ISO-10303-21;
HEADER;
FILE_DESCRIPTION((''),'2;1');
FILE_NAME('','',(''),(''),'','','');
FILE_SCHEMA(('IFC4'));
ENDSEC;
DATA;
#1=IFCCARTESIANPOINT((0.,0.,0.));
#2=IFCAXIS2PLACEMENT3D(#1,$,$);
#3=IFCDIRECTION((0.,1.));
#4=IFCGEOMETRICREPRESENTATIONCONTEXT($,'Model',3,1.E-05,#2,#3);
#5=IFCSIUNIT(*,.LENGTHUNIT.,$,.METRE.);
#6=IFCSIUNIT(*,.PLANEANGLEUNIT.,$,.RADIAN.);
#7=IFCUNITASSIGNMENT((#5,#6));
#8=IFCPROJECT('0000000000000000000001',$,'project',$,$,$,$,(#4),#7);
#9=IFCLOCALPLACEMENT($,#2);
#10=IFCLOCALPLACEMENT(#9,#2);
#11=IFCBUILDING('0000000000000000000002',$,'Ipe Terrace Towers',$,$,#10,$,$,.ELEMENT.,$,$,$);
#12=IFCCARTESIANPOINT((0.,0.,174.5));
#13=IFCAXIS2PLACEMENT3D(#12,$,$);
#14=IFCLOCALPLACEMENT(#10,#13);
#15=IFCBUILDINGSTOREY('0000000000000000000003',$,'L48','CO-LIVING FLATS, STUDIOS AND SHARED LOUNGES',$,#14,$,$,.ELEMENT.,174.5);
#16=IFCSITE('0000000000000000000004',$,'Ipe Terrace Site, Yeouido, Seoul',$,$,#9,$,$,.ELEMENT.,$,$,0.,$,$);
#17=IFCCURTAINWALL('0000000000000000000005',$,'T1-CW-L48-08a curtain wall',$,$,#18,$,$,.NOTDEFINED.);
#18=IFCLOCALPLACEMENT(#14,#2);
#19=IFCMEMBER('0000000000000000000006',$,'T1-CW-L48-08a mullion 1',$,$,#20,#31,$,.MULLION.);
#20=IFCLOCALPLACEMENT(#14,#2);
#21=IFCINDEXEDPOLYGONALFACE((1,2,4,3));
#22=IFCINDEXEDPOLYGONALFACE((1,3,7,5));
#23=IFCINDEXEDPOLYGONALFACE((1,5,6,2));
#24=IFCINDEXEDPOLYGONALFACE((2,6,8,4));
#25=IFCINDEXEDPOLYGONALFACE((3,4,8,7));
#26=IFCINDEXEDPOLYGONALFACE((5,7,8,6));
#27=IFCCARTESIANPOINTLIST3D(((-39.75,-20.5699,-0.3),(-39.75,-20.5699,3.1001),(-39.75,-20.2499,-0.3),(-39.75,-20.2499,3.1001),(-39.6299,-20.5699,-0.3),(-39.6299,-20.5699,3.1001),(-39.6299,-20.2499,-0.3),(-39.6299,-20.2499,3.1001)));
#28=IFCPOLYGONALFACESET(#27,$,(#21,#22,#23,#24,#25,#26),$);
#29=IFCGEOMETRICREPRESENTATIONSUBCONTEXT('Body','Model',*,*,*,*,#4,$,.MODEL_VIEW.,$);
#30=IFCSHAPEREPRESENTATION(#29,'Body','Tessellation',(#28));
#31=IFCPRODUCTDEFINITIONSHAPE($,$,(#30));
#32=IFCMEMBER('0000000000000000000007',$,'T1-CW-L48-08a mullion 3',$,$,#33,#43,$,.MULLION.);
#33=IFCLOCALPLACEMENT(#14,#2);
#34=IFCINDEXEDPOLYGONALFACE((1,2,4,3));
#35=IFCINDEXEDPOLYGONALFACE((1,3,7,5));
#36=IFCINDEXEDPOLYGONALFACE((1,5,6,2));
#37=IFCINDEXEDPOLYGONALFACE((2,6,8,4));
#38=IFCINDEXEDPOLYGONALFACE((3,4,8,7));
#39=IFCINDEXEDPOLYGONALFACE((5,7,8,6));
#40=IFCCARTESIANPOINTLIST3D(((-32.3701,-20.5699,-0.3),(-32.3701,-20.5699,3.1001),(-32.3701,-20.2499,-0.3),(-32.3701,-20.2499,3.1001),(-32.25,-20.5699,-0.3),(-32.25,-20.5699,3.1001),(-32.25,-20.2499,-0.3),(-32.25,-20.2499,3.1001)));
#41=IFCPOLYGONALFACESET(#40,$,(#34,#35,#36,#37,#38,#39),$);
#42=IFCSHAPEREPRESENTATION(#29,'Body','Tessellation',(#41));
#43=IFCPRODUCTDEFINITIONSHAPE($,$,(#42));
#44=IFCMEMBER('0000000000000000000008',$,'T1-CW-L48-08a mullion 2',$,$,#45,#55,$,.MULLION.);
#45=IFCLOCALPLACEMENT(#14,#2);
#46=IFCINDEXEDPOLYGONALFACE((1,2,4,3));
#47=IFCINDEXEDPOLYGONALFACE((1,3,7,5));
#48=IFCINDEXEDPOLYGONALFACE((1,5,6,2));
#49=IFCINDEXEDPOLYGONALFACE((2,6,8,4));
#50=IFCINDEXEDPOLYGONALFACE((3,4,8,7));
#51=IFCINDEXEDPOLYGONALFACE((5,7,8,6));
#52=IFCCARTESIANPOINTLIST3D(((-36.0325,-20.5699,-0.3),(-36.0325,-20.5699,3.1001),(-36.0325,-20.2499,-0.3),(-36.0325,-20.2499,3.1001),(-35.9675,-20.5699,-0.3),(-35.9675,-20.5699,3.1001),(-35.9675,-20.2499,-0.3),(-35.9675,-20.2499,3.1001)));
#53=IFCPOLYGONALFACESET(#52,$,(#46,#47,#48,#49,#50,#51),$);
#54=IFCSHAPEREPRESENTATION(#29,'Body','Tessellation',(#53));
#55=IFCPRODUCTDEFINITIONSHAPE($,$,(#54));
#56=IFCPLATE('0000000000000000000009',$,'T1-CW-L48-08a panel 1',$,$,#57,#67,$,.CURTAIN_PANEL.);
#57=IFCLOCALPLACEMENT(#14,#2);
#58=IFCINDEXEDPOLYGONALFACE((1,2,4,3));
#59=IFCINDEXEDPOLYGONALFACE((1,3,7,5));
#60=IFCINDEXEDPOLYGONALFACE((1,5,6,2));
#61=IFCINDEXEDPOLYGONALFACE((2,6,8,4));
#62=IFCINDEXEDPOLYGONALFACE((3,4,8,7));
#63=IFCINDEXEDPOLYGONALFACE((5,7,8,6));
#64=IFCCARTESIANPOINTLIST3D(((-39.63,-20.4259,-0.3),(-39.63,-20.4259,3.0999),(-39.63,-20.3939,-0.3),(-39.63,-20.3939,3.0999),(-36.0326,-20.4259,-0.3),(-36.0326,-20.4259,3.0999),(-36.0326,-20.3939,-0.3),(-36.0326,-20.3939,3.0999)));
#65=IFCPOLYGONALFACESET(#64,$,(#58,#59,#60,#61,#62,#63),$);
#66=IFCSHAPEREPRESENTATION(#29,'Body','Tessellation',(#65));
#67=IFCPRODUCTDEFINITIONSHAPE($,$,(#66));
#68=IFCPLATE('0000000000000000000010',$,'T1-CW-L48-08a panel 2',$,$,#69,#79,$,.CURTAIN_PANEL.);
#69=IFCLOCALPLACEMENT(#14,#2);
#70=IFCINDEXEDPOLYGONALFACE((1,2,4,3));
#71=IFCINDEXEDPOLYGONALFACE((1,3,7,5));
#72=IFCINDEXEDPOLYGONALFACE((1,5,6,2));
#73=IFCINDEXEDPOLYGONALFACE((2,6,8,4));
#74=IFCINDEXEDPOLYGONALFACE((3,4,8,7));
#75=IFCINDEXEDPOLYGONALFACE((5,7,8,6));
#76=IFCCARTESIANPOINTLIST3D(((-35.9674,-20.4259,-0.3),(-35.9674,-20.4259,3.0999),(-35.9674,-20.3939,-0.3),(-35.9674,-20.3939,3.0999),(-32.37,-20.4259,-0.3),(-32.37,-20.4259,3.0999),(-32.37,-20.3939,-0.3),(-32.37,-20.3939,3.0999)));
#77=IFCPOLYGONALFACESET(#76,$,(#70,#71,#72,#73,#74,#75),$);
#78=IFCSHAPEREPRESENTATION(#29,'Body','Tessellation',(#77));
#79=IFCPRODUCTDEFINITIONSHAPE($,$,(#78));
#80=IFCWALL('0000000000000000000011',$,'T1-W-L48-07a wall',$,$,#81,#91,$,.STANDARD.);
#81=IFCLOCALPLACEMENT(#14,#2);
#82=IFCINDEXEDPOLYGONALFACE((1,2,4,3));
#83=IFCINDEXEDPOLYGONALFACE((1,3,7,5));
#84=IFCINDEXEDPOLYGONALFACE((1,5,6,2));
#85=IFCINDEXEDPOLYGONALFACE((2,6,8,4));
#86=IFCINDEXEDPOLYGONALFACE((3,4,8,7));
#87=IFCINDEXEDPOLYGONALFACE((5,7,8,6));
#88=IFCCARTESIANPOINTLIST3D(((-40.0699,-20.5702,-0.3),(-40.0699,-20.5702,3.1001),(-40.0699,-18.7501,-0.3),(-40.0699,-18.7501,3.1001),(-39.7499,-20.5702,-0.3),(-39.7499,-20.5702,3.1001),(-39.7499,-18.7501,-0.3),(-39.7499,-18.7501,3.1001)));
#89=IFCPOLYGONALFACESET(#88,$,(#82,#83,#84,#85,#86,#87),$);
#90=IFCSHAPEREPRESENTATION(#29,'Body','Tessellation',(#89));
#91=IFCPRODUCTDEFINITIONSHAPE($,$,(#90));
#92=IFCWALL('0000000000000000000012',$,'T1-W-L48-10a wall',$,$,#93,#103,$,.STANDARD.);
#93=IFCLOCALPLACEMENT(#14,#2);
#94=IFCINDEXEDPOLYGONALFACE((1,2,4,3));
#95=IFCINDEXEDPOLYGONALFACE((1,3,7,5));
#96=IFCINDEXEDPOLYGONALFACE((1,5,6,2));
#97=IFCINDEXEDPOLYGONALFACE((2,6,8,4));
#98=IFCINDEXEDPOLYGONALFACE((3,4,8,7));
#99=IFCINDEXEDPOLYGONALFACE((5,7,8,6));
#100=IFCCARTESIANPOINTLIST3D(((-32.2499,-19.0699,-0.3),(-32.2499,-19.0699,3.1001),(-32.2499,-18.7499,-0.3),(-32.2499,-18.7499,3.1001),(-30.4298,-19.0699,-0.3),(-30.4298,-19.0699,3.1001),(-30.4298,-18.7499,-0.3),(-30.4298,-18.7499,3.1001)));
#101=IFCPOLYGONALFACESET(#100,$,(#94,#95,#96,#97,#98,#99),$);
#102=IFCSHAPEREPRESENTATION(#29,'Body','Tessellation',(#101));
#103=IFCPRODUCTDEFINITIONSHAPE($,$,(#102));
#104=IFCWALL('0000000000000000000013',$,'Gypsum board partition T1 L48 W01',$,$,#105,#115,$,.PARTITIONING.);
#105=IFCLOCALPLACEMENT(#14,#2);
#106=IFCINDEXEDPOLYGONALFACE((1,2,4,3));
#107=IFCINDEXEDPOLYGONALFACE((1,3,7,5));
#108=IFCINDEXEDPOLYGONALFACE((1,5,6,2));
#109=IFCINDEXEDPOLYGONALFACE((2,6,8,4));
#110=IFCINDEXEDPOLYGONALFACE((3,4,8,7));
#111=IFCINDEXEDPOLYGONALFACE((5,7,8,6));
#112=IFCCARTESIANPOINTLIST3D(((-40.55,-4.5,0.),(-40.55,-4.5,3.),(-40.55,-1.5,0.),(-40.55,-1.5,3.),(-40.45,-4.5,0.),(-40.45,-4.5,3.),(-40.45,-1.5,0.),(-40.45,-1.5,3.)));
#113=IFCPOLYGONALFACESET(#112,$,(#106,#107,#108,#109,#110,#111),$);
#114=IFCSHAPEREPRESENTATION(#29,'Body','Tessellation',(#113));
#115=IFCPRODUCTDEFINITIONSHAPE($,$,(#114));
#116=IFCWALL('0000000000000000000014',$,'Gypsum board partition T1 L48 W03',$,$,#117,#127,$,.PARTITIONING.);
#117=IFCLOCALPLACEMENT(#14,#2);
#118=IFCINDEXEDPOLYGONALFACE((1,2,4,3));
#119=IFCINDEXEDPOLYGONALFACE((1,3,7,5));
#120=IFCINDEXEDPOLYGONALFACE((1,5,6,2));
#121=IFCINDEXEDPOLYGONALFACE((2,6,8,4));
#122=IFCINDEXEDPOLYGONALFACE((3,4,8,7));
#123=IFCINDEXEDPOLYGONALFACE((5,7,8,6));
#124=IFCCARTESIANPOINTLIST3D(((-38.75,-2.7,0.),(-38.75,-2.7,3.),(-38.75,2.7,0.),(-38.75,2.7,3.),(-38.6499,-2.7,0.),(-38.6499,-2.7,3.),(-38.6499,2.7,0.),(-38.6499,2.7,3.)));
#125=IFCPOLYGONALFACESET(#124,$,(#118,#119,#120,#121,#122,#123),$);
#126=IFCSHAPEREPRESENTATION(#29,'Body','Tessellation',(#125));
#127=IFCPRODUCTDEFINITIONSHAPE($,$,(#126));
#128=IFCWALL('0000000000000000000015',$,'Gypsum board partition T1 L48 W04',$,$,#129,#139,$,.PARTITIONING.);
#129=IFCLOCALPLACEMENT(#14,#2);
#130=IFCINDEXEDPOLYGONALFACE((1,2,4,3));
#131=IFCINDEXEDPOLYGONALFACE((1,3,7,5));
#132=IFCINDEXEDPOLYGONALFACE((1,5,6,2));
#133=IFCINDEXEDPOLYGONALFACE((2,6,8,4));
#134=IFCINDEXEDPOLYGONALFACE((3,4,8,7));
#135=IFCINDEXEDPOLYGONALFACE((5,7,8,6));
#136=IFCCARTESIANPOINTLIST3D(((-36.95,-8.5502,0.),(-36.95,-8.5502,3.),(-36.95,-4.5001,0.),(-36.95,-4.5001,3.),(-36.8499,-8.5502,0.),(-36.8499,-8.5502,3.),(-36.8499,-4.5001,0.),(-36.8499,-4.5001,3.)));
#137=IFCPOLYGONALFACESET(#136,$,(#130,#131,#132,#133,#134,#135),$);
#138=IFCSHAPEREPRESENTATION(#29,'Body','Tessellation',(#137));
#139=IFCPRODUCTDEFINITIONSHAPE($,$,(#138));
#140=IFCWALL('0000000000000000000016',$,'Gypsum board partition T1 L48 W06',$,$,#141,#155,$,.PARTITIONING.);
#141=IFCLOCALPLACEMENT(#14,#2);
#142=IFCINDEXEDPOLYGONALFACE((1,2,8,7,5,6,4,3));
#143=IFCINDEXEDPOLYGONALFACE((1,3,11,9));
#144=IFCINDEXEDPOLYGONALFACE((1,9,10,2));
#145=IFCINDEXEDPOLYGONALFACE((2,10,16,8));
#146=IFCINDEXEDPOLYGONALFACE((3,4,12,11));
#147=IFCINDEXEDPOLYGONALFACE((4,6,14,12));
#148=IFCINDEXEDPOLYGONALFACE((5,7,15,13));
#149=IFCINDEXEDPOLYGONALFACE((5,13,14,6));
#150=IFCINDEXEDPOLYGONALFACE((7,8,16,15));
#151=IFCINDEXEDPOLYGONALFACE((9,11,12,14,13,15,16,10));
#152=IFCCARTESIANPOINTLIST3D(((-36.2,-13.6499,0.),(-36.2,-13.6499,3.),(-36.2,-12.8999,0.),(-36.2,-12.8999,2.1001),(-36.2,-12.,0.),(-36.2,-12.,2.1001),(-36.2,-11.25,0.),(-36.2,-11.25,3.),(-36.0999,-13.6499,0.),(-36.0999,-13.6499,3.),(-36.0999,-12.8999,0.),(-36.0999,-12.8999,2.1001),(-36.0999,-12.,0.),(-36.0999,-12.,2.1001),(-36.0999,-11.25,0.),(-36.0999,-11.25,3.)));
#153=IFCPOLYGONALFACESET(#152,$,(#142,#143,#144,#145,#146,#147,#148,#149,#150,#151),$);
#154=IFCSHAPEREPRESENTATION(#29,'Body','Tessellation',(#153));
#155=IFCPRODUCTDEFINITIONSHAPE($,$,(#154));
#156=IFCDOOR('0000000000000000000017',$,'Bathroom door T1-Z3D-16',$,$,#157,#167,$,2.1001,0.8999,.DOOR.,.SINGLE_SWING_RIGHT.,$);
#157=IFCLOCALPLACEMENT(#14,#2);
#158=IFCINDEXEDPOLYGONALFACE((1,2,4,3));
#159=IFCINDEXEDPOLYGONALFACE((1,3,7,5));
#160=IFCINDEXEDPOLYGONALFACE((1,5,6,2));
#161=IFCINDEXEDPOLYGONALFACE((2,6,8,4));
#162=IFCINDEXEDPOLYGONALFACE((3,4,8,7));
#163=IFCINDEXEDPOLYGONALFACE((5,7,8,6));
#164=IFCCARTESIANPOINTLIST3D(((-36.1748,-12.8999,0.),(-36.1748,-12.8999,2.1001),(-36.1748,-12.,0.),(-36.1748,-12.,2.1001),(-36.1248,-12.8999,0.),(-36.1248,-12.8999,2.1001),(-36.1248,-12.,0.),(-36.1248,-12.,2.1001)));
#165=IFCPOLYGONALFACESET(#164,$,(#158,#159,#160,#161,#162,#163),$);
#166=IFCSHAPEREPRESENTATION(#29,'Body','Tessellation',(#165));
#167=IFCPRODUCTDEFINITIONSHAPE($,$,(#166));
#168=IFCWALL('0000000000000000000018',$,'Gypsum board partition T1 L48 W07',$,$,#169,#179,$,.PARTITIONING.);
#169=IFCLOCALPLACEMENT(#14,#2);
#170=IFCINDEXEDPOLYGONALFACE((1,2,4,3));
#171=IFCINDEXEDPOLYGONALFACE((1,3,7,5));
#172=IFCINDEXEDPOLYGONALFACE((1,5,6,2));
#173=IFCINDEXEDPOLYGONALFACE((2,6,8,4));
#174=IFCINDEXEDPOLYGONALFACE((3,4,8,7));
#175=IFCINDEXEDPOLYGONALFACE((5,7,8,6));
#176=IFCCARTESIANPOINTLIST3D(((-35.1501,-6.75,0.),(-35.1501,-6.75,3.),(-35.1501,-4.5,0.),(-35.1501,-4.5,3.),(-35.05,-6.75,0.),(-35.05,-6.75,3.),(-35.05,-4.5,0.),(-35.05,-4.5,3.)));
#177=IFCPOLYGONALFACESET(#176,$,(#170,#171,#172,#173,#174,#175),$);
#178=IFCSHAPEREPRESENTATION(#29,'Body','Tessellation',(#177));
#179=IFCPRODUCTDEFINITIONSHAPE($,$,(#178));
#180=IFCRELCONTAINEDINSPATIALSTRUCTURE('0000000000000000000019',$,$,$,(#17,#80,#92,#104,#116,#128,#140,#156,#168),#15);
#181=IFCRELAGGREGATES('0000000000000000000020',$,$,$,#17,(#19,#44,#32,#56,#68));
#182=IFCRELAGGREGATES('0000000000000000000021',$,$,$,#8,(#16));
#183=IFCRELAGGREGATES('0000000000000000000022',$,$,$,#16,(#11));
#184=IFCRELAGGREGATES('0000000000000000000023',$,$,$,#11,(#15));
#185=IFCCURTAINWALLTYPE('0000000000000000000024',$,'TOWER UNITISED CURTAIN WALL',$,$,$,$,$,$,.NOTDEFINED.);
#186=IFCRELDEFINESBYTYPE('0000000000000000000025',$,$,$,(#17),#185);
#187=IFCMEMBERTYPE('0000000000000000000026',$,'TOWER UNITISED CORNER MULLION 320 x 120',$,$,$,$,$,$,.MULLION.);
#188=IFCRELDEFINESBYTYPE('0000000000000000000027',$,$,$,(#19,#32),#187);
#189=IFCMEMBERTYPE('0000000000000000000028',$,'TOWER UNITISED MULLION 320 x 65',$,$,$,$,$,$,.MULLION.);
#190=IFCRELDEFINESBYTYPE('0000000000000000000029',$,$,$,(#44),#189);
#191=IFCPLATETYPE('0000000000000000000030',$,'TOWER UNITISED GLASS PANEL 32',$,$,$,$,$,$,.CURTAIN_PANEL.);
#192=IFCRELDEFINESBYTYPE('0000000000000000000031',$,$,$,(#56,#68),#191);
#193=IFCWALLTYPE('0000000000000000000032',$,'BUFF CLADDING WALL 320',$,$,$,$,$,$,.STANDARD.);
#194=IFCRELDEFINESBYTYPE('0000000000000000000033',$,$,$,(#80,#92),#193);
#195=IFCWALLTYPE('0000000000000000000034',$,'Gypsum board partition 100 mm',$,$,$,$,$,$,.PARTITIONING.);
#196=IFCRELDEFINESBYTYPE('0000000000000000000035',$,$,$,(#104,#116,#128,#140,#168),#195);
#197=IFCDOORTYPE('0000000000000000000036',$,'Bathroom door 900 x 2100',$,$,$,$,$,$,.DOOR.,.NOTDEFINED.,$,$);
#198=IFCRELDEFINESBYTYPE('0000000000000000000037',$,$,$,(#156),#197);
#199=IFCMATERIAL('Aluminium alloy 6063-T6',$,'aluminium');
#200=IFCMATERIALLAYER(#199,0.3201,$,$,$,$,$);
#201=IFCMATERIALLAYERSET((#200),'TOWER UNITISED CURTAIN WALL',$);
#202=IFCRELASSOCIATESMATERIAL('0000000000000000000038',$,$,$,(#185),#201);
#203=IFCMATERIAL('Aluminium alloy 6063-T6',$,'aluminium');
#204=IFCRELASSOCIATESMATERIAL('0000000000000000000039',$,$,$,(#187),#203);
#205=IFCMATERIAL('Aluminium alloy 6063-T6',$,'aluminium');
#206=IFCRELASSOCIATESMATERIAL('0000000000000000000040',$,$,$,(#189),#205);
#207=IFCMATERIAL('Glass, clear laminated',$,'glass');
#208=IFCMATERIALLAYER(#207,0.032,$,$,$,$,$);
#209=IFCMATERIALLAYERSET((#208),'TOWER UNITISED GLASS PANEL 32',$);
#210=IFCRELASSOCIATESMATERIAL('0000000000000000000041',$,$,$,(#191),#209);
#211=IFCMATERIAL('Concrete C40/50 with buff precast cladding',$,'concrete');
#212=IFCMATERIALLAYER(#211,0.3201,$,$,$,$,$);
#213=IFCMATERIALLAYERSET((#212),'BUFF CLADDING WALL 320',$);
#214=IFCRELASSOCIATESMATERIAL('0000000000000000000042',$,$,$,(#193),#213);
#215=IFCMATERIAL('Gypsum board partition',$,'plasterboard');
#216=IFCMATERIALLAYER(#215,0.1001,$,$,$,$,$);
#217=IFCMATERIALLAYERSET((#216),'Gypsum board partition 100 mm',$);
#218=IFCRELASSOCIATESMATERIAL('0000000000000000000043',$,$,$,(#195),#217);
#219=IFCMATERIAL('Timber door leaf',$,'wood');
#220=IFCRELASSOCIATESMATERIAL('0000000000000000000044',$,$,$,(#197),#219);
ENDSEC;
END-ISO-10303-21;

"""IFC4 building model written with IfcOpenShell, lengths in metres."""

from ifc_helpers import new_model, si_unit, direction, frame, frame_2d, origin, origin_2d, place, context, subcontext, project, spatial, rectangle, extrude, material, layer, layer_set, material_profile, profile_set, type_object, element, fill, aggregate, save


model = new_model("IFC4")

# Units and contexts
model_context = context("Model", 3, precision=1e-05, world=origin(), true_north=direction((0.0, 1.0)))
body_context = subcontext(model_context, "Body", "Model", "MODEL_VIEW")
ifc_project = project(units=[si_unit("LENGTHUNIT", "METRE"), si_unit("PLANEANGLEUNIT", "RADIAN")], contexts=[model_context])

# Site, building, storey
site_placement = place(None, origin())
site = spatial("IfcSite", under=ifc_project, at=site_placement, Name="Ipe Terrace Site, Yeouido, Seoul", CompositionType="ELEMENT", RefElevation=0.0)
building_placement = place(site_placement, origin())
building = spatial("IfcBuilding", under=site, at=building_placement, Name="Ipe Terrace Towers", CompositionType="ELEMENT")
storey_placement = place(building_placement, frame((0.0, 0.0, 174.5)))
storey = spatial("IfcBuildingStorey", under=building, at=storey_placement, Name="L48", Description="CO-LIVING FLATS, STUDIOS AND SHARED LOUNGES", CompositionType="ELEMENT", Elevation=174.5)

# Curtain wall, members, plates
ifc_material_1 = material(Name="Aluminium alloy 6063-T6", Category="aluminium")
ifc_layer_1 = layer(ifc_material_1, 0.3201)
ifc_layer_set_1 = layer_set([ifc_layer_1], Name="TOWER UNITISED CURTAIN WALL")
curtain_wall_type = type_object("IfcCurtainWallType", Name="TOWER UNITISED CURTAIN WALL", PredefinedType="NOTDEFINED", material=ifc_layer_set_1)
curtain_wall_placement = place(storey_placement, origin())
curtain_wall = element("IfcCurtainWall", 1, at=curtain_wall_placement, inside=storey, type_object=curtain_wall_type, Name="T1-CW-L48-08a curtain wall", PredefinedType="NOTDEFINED")
ifc_material_2 = material(Name="Aluminium alloy 6063-T6", Category="aluminium")
ifc_material_profile_1 = material_profile(ifc_material_2, rectangle(XDim=0.3201, YDim=0.1201, at=origin_2d()), Name="TOWER UNITISED CORNER MULLION 320 x 120")
ifc_profile_set_1 = profile_set([ifc_material_profile_1], Name="Aluminium alloy 6063-T6")
member_type_1 = type_object("IfcMemberType", Name="TOWER UNITISED CORNER MULLION 320 x 120", PredefinedType="MULLION", material=ifc_profile_set_1)
member_1_placement = place(storey_placement, frame((-39.6899, -20.4099, -0.3), z_axis=(0.0, 0.0, 1.0), x_axis=(0.0, -1.0, 0.0)))
member_1 = element("IfcMember", 2, at=member_1_placement, type_object=member_type_1, Name="T1-CW-L48-08a mullion 1", PredefinedType="MULLION", context=body_context, shape_type="SweptSolid", body=[
    extrude(rectangle(XDim=0.3201, YDim=0.1201, at=origin_2d()), origin(), (0.0, 0.0, 1.0), 3.4001),
])
member_2_placement = place(storey_placement, frame((-32.3101, -20.4099, -0.3), z_axis=(0.0, 0.0, 1.0), x_axis=(0.0, -1.0, 0.0)))
member_2 = element("IfcMember", 3, at=member_2_placement, type_object=member_type_1, Name="T1-CW-L48-08a mullion 3", PredefinedType="MULLION", context=body_context, shape_type="SweptSolid", body=[
    extrude(rectangle(XDim=0.3201, YDim=0.1201, at=origin_2d()), origin(), (0.0, 0.0, 1.0), 3.4001),
])
ifc_material_3 = material(Name="Aluminium alloy 6063-T6", Category="aluminium")
ifc_material_profile_2 = material_profile(ifc_material_3, rectangle(XDim=0.3201, YDim=0.0649, at=origin_2d()), Name="TOWER UNITISED MULLION 320 x 65")
ifc_profile_set_2 = profile_set([ifc_material_profile_2], Name="Aluminium alloy 6063-T6")
member_type_2 = type_object("IfcMemberType", Name="TOWER UNITISED MULLION 320 x 65", PredefinedType="MULLION", material=ifc_profile_set_2)
member_3_placement = place(storey_placement, frame((-36.0, -20.4099, -0.3), z_axis=(0.0, 0.0, 1.0), x_axis=(0.0, -1.0, 0.0)))
member_3 = element("IfcMember", 4, at=member_3_placement, type_object=member_type_2, Name="T1-CW-L48-08a mullion 2", PredefinedType="MULLION", context=body_context, shape_type="SweptSolid", body=[
    extrude(rectangle(XDim=0.3201, YDim=0.0649, at=origin_2d()), origin(), (0.0, 0.0, 1.0), 3.4001),
])
ifc_material_4 = material(Name="Glass, clear laminated", Category="glass")
ifc_layer_2 = layer(ifc_material_4, 0.032)
ifc_layer_set_2 = layer_set([ifc_layer_2], Name="TOWER UNITISED GLASS PANEL 32")
plate_type = type_object("IfcPlateType", Name="TOWER UNITISED GLASS PANEL 32", PredefinedType="CURTAIN_PANEL", material=ifc_layer_set_2)
plate_1_placement = place(storey_placement, frame((-37.8313, -20.4099, -0.3), z_axis=(0.0, 0.0, 1.0), x_axis=(1.0, 0.0, 0.0)))
plate_1 = element("IfcPlate", 5, at=plate_1_placement, type_object=plate_type, Name="T1-CW-L48-08a panel 1", PredefinedType="CURTAIN_PANEL", context=body_context, shape_type="SweptSolid", body=[
    extrude(rectangle(XDim=3.5974, YDim=0.032, at=origin_2d()), origin(), (0.0, 0.0, 1.0), 3.3999),
])
plate_2_placement = place(storey_placement, frame((-34.1687, -20.4099, -0.3), z_axis=(0.0, 0.0, 1.0), x_axis=(1.0, 0.0, 0.0)))
plate_2 = element("IfcPlate", 6, at=plate_2_placement, type_object=plate_type, Name="T1-CW-L48-08a panel 2", PredefinedType="CURTAIN_PANEL", context=body_context, shape_type="SweptSolid", body=[
    extrude(rectangle(XDim=3.5974, YDim=0.032, at=origin_2d()), origin(), (0.0, 0.0, 1.0), 3.3999),
])
aggregate(curtain_wall, [member_1, member_3, member_2, plate_1, plate_2])

# Walls
ifc_material_5 = material(Name="Concrete C40/50 with buff precast cladding", Category="concrete")
ifc_layer_3 = layer(ifc_material_5, 0.3201)
ifc_layer_set_3 = layer_set([ifc_layer_3], Name="BUFF CLADDING WALL 320")
wall_type_1 = type_object("IfcWallType", Name="BUFF CLADDING WALL 320", PredefinedType="STANDARD", material=ifc_layer_set_3)
for number, where, z_axis, x_axis, name in (
    (7, (-39.9099, -18.75, -0.3), (0.0, 0.0, 1.0), (0.0, -1.0, 0.0), "T1-W-L48-07a wall"),
    (8, (-32.25, -18.9099, -0.3), (0.0, 0.0, 1.0), (1.0, 0.0, 0.0), "T1-W-L48-10a wall"),
):
    element("IfcWall", number, at=place(storey_placement, frame(where, z_axis=z_axis, x_axis=x_axis)), inside=storey, type_object=wall_type_1, Name=name, PredefinedType="STANDARD", context=body_context, shape_type="SweptSolid", body=[
        extrude(rectangle(XDim=1.8201, YDim=0.3201, at=frame_2d((0.9102, 0.0))), origin(), (0.0, 0.0, 1.0), 3.4001),
    ])
ifc_material_6 = material(Name="Gypsum board partition", Category="plasterboard")
ifc_layer_4 = layer(ifc_material_6, 0.1001)
ifc_layer_set_4 = layer_set([ifc_layer_4], Name="Gypsum board partition 100 mm")
wall_type_2 = type_object("IfcWallType", Name="Gypsum board partition 100 mm", PredefinedType="PARTITIONING", material=ifc_layer_set_4)
wall_1_placement = place(storey_placement, frame((-40.5, -4.5, 0.0), z_axis=(0.0, 0.0, 1.0), x_axis=(0.0, 1.0, 0.0)))
element("IfcWall", 9, at=wall_1_placement, inside=storey, type_object=wall_type_2, Name="Gypsum board partition T1 L48 W01", PredefinedType="PARTITIONING", context=body_context, shape_type="SweptSolid", body=[
    extrude(rectangle(XDim=3.0, YDim=0.1001, at=frame_2d((1.5, 0.0))), origin(), (0.0, 0.0, 1.0), 3.0),
])
wall_2_placement = place(storey_placement, frame((-38.7, -2.7, 0.0), z_axis=(0.0, 0.0, 1.0), x_axis=(0.0, 1.0, 0.0)))
element("IfcWall", 10, at=wall_2_placement, inside=storey, type_object=wall_type_2, Name="Gypsum board partition T1 L48 W03", PredefinedType="PARTITIONING", context=body_context, shape_type="SweptSolid", body=[
    extrude(rectangle(XDim=5.3999, YDim=0.1001, at=frame_2d((2.7, 0.0))), origin(), (0.0, 0.0, 1.0), 3.0),
])
wall_3_placement = place(storey_placement, frame((-36.8999, -8.55, 0.0), z_axis=(0.0, 0.0, 1.0), x_axis=(0.0, 1.0, 0.0)))
element("IfcWall", 11, at=wall_3_placement, inside=storey, type_object=wall_type_2, Name="Gypsum board partition T1 L48 W04", PredefinedType="PARTITIONING", context=body_context, shape_type="SweptSolid", body=[
    extrude(rectangle(XDim=4.05, YDim=0.1001, at=frame_2d((2.0249, 0.0))), origin(), (0.0, 0.0, 1.0), 3.0),
])

# Wall, opening, door
wall_4_placement = place(storey_placement, frame((-36.1499, -13.6499, 0.0), z_axis=(0.0, 0.0, 1.0), x_axis=(0.0, 1.0, 0.0)))
wall_4 = element("IfcWall", 12, at=wall_4_placement, inside=storey, type_object=wall_type_2, Name="Gypsum board partition T1 L48 W06", PredefinedType="PARTITIONING", context=body_context, shape_type="SweptSolid", body=[
    extrude(rectangle(XDim=2.3999, YDim=0.1001, at=frame_2d((1.2, 0.0))), origin(), (0.0, 0.0, 1.0), 3.0),
])
opening_1_placement = place(wall_4_placement, frame((0.75, 0.0, 0.0)))
opening_1 = element("IfcOpeningElement", 13, at=opening_1_placement, cuts=wall_4, PredefinedType="OPENING", context=body_context, shape_type="SweptSolid", body=[
    extrude(rectangle(XDim=0.8999, YDim=2.1001, at=frame_2d((0.45, 1.05))), frame((0.0, 0.0601, 0.0), z_axis=(0.0, -1.0, 0.0), x_axis=(1.0, 0.0, 0.0)), (0.0, 0.0, 1.0), 0.1201),
])
ifc_material_7 = material(Name="Timber door leaf", Category="wood")
door_type_1 = type_object("IfcDoorType", Name="Bathroom door 900 x 2100", OperationType="NOTDEFINED", PredefinedType="DOOR", material=ifc_material_7)
door_1_placement = place(opening_1_placement, origin())
door_1 = element("IfcDoor", 14, at=door_1_placement, inside=storey, type_object=door_type_1, Name="Bathroom door T1-Z3D-16", OperationType="SINGLE_SWING_RIGHT", OverallHeight=2.1001, OverallWidth=0.8999, PredefinedType="DOOR", context=body_context, shape_type="SweptSolid", body=[
    extrude(rectangle(XDim=0.8999, YDim=2.1001, at=frame_2d((0.45, 1.05))), frame((0.0, 0.0249, 0.0), z_axis=(0.0, -1.0, 0.0), x_axis=(1.0, 0.0, 0.0)), (0.0, 0.0, 1.0), 0.05),
])
fill(opening_1, door_1)

# Wall
wall_5_placement = place(storey_placement, frame((-35.1001, -6.75, 0.0), z_axis=(0.0, 0.0, 1.0), x_axis=(0.0, 1.0, 0.0)))
element("IfcWall", 15, at=wall_5_placement, inside=storey, type_object=wall_type_2, Name="Gypsum board partition T1 L48 W07", PredefinedType="PARTITIONING", context=body_context, shape_type="SweptSolid", body=[
    extrude(rectangle(XDim=2.25, YDim=0.1001, at=frame_2d((1.125, 0.0))), origin(), (0.0, 0.0, 1.0), 3.0),
])

save(model, "model.ifc")
